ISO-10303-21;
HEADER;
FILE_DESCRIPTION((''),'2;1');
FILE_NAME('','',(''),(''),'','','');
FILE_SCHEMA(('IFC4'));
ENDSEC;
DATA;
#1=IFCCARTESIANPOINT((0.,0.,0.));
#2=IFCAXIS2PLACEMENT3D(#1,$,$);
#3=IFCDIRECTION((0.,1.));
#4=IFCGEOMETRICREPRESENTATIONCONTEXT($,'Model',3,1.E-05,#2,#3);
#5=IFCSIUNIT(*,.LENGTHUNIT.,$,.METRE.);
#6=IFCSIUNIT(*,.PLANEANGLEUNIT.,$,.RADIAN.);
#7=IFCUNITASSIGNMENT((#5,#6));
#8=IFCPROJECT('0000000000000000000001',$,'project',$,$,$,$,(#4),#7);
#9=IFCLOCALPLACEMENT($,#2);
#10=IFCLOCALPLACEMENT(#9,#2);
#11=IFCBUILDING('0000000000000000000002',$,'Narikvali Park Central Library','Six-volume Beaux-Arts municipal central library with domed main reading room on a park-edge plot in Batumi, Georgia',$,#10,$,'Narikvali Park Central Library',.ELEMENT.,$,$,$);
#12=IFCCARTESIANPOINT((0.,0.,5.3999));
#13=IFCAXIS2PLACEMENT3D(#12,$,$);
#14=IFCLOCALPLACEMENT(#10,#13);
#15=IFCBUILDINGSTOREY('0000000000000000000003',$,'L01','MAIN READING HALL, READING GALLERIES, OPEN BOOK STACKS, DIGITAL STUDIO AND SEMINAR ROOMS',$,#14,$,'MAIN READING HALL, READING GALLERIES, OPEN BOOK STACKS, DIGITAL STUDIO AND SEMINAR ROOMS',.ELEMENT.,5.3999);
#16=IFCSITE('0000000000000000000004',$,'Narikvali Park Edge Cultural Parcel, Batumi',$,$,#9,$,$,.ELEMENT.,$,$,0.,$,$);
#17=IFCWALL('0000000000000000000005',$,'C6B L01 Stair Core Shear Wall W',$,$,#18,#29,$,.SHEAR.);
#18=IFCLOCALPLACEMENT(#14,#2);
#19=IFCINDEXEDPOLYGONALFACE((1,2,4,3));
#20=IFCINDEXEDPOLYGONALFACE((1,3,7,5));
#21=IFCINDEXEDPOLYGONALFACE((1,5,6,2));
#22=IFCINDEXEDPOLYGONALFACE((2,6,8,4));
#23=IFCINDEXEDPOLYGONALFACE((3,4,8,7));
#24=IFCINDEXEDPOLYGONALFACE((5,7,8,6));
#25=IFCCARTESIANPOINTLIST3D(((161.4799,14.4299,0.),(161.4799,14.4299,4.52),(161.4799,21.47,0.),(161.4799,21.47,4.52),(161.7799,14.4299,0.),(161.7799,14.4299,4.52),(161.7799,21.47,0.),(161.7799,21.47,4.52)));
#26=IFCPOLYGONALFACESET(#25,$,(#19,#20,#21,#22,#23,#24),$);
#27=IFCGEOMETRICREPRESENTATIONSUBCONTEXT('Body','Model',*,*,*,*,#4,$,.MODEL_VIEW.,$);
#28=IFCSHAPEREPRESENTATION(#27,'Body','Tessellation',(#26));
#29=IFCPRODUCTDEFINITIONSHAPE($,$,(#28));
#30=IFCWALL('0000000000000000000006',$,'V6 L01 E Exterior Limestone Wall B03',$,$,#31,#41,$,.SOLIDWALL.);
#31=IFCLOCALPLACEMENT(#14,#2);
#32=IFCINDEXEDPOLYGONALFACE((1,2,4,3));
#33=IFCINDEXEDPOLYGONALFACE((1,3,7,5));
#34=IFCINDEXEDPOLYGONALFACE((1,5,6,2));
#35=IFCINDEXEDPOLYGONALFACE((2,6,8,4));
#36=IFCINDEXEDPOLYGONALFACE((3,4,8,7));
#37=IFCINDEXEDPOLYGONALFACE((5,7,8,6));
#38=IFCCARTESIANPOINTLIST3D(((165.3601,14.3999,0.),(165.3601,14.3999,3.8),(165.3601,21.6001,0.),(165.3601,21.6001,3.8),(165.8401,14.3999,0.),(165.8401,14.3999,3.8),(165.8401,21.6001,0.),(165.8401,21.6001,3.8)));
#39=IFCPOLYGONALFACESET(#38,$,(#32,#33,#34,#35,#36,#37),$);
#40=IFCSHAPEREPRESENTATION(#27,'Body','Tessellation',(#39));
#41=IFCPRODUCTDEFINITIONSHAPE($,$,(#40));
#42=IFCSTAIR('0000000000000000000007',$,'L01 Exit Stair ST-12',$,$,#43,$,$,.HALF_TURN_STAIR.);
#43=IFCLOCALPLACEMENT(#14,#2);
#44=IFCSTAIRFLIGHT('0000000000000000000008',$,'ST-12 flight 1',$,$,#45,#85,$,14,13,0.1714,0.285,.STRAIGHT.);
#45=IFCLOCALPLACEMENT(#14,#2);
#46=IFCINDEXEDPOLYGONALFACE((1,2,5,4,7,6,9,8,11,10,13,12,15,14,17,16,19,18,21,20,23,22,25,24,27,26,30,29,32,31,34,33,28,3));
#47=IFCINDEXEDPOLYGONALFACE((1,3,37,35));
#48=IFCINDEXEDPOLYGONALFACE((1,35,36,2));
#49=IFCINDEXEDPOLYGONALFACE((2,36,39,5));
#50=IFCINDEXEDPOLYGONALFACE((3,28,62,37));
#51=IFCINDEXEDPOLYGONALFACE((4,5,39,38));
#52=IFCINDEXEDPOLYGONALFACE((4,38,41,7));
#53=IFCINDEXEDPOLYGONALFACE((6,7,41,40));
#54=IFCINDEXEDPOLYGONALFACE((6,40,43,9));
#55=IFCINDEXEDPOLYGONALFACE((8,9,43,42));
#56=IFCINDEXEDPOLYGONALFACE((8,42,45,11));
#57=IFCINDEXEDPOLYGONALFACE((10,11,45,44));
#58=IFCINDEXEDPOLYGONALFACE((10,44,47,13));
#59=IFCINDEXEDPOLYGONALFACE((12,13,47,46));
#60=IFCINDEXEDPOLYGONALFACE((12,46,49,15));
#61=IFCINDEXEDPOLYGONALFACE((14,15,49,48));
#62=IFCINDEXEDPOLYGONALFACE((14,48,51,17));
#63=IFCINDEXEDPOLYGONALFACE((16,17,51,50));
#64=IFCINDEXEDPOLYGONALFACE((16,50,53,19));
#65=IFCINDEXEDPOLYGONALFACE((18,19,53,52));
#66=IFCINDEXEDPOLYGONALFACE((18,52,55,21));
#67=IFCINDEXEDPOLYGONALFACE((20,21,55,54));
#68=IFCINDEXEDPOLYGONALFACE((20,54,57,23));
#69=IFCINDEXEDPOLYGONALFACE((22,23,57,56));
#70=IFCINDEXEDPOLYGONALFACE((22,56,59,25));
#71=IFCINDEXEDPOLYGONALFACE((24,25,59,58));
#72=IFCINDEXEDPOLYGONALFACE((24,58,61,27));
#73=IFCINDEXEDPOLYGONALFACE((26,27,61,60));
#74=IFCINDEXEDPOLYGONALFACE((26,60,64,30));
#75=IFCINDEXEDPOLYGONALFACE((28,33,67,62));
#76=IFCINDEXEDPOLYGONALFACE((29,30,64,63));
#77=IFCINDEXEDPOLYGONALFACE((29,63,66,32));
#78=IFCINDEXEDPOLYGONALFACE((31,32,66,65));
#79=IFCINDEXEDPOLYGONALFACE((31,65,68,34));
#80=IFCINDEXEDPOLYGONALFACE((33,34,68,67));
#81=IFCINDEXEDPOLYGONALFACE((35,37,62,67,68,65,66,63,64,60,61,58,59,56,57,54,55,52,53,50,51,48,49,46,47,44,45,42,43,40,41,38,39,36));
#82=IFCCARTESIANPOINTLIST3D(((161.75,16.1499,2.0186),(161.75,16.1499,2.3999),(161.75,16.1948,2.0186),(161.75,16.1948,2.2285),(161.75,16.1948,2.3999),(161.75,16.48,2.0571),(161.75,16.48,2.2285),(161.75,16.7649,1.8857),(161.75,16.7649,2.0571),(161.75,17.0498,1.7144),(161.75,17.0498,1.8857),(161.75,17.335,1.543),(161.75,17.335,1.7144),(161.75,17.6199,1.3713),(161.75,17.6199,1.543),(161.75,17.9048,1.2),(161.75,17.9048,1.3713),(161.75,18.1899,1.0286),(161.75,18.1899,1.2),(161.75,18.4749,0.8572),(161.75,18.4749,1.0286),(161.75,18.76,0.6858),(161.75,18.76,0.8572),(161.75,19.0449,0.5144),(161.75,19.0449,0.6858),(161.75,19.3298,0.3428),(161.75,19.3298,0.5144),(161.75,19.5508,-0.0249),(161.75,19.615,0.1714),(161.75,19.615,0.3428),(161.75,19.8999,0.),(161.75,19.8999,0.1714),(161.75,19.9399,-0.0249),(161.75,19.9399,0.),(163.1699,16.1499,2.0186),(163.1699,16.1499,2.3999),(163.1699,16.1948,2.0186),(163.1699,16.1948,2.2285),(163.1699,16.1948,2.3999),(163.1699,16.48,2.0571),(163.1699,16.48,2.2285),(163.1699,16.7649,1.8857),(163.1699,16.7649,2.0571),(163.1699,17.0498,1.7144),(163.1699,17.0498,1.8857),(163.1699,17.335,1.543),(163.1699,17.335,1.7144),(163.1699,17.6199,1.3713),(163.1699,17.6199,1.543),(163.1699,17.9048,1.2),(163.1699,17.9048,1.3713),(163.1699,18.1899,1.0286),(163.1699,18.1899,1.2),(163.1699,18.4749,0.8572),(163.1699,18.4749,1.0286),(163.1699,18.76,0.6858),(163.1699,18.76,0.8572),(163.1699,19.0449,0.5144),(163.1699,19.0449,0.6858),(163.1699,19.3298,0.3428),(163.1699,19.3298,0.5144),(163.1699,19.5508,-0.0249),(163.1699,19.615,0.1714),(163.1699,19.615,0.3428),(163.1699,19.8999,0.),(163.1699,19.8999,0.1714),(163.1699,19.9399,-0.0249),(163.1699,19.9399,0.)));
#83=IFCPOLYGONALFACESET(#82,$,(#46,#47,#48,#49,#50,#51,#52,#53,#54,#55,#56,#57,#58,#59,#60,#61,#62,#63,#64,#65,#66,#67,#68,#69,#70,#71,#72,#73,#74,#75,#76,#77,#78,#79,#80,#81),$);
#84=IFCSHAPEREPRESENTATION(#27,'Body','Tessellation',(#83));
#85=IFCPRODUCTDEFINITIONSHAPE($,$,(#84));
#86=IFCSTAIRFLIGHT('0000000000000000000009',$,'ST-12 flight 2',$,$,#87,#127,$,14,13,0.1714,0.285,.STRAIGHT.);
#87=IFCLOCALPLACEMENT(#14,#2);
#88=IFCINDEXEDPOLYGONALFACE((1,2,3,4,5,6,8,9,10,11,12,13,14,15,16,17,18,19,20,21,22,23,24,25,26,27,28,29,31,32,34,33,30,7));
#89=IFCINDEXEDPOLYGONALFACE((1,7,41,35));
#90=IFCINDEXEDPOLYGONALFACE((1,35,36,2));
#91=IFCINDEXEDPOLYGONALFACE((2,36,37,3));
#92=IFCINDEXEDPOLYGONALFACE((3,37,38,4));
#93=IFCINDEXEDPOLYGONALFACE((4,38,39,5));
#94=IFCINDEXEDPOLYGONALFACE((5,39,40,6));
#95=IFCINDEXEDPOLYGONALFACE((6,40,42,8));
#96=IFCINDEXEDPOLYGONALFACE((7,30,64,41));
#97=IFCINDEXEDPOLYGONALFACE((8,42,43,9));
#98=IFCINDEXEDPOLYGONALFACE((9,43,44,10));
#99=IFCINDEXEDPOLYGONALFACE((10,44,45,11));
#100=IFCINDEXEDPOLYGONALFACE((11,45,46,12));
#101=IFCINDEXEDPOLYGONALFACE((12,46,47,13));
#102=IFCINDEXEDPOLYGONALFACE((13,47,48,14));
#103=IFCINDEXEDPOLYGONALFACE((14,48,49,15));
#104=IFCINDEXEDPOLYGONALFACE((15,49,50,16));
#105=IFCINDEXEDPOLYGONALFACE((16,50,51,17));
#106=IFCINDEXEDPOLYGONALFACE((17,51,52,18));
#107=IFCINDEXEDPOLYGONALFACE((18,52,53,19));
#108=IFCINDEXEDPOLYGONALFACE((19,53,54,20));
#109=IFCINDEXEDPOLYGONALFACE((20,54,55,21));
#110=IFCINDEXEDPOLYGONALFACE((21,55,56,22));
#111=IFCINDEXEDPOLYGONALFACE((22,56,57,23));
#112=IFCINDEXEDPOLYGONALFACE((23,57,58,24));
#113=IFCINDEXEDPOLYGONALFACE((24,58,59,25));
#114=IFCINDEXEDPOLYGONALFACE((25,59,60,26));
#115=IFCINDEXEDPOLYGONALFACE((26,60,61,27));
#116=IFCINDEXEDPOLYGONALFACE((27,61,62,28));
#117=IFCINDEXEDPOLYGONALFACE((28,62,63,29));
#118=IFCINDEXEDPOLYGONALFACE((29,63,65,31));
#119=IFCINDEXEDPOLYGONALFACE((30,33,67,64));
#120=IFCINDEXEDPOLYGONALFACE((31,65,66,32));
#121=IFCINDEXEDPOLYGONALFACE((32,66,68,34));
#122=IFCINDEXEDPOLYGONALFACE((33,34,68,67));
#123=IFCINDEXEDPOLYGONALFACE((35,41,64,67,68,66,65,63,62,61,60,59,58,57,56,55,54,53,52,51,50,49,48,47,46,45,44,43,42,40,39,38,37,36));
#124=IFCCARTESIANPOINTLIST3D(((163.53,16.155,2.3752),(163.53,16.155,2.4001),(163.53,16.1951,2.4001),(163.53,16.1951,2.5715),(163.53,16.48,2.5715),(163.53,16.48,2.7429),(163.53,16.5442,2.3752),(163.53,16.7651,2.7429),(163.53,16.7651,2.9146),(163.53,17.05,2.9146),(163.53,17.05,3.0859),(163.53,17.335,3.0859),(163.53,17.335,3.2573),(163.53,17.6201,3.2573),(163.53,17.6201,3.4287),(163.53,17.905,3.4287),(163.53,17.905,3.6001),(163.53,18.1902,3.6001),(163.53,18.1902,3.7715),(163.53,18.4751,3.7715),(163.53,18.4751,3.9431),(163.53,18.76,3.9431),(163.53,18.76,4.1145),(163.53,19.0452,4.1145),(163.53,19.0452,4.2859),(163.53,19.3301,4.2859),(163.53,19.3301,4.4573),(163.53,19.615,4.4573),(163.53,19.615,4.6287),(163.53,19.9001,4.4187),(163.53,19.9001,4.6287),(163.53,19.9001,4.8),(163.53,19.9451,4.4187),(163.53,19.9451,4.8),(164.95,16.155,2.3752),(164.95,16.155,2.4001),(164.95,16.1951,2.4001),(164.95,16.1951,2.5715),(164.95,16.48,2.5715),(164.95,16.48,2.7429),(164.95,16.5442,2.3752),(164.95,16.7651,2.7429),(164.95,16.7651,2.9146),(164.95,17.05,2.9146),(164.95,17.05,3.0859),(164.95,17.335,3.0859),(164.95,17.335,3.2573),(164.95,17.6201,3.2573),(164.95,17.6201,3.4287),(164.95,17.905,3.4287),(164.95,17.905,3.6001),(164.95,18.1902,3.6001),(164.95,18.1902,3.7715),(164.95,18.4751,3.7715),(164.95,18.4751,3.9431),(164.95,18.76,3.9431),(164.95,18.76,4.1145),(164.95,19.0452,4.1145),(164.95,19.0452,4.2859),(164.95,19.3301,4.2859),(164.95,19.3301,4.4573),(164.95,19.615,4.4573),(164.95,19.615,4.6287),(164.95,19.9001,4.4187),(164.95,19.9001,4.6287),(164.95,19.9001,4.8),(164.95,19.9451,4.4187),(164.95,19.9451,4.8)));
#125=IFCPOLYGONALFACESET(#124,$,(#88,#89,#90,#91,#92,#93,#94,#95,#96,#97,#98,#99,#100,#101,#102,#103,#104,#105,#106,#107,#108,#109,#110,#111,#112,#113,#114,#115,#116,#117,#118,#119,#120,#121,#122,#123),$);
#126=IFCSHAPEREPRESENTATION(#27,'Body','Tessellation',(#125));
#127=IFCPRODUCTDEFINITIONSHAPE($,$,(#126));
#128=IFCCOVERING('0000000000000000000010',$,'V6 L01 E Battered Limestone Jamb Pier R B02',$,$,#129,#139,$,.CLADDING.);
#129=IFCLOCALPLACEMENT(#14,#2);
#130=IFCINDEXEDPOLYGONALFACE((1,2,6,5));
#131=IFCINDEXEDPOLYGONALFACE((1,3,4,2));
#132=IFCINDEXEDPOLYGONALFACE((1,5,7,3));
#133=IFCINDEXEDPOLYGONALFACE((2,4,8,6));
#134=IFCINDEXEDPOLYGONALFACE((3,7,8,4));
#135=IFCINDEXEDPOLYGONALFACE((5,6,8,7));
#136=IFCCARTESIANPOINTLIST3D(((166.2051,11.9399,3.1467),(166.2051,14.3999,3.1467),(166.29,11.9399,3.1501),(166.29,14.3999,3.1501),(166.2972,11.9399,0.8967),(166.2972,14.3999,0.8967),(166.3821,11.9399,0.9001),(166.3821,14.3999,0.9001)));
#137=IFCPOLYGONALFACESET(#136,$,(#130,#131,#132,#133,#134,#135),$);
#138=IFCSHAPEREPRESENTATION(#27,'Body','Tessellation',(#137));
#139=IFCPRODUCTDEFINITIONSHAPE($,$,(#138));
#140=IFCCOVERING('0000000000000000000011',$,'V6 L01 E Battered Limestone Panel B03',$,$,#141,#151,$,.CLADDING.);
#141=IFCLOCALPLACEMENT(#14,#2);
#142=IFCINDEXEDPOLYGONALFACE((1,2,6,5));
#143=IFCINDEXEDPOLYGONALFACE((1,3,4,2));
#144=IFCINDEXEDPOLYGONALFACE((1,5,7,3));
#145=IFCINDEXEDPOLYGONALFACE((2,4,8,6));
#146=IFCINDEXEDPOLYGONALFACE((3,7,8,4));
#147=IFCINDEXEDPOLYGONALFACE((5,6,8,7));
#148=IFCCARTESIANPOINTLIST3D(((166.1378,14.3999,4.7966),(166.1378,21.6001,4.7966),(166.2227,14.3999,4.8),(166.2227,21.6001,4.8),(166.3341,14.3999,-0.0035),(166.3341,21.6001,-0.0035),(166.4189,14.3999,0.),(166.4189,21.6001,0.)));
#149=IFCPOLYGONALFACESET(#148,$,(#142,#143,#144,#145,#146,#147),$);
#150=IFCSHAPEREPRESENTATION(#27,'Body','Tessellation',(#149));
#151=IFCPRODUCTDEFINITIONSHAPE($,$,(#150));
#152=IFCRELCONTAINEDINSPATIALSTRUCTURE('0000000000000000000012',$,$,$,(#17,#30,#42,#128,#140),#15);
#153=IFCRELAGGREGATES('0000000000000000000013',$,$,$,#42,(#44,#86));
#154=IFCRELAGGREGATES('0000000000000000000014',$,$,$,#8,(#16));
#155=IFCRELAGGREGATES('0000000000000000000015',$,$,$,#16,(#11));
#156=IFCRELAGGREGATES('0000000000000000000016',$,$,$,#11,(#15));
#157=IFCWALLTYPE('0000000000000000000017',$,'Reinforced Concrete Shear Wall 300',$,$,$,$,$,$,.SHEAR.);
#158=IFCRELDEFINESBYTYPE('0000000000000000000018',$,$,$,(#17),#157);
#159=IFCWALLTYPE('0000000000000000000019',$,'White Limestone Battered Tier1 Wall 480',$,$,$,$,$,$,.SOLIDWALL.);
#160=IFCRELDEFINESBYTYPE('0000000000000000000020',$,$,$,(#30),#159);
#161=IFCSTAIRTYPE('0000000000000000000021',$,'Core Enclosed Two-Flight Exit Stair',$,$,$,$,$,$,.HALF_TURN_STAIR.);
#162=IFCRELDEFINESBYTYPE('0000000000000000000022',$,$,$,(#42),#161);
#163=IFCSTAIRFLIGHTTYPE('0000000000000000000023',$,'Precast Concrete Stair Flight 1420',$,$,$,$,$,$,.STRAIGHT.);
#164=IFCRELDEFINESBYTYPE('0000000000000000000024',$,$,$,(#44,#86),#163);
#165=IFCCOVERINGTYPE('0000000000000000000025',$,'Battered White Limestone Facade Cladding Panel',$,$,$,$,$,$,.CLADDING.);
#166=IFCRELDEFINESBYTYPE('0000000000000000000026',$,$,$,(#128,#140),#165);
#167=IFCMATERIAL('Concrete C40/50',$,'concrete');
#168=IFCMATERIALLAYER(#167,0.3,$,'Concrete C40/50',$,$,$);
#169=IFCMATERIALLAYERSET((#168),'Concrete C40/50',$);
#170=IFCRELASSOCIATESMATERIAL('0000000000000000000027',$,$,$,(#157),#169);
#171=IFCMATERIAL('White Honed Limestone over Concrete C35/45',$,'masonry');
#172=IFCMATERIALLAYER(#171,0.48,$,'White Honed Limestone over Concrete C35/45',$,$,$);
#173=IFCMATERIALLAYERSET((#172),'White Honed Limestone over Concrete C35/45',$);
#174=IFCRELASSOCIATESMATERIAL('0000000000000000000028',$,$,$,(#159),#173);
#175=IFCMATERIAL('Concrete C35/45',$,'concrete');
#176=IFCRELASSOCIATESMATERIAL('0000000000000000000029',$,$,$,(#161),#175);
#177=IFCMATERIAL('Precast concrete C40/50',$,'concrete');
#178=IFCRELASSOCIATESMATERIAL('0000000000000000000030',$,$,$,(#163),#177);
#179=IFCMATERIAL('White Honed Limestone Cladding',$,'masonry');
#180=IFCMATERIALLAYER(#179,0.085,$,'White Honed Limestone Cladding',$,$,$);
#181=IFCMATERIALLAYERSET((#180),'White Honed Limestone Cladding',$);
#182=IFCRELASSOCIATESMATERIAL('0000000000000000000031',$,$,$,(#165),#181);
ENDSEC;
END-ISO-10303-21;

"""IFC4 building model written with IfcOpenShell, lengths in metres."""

from ifc_helpers import new_model, si_unit, direction, frame, frame_2d, origin, place, context, subcontext, project, spatial, polyline, rectangle, outline, extrude, material, layer, layer_set, type_object, element, aggregate, save


model = new_model("IFC4")

# Units and contexts
model_context = context("Model", 3, precision=1e-05, world=origin(), true_north=direction((0.0, 1.0)))
body_context = subcontext(model_context, "Body", "Model", "MODEL_VIEW")
ifc_project = project(units=[si_unit("LENGTHUNIT", "METRE"), si_unit("PLANEANGLEUNIT", "RADIAN")], contexts=[model_context])

# Site, building, storey
site_placement = place(None, origin())
site = spatial("IfcSite", under=ifc_project, at=site_placement, Name="Narikvali Park Edge Cultural Parcel, Batumi", CompositionType="ELEMENT", RefElevation=0.0)
building_placement = place(site_placement, origin())
building = spatial("IfcBuilding", under=site, at=building_placement, Name="Narikvali Park Central Library", Description="Six-volume Beaux-Arts municipal central library with domed main reading room on a park-edge plot in Batumi, Georgia", LongName="Narikvali Park Central Library", CompositionType="ELEMENT")
storey_placement = place(building_placement, frame((0.0, 0.0, 5.3999)))
storey = spatial("IfcBuildingStorey", under=building, at=storey_placement, Name="L01", Description="MAIN READING HALL, READING GALLERIES, OPEN BOOK STACKS, DIGITAL STUDIO AND SEMINAR ROOMS", LongName="MAIN READING HALL, READING GALLERIES, OPEN BOOK STACKS, DIGITAL STUDIO AND SEMINAR ROOMS", CompositionType="ELEMENT", Elevation=5.3999)

# Walls
ifc_material_1 = material(Name="Concrete C40/50", Category="concrete")
ifc_layer_1 = layer(ifc_material_1, 0.3, Name="Concrete C40/50")
ifc_layer_set_1 = layer_set([ifc_layer_1], Name="Concrete C40/50")
wall_type_1 = type_object("IfcWallType", Name="Reinforced Concrete Shear Wall 300", PredefinedType="SHEAR", material=ifc_layer_set_1)
for number, where, z_axis, x_axis, name in (
    (1, (161.6299, 21.47, 0.0), (0.0, 0.0, 1.0), (0.0, -1.0, 0.0), "C6B L01 Stair Core Shear Wall W"),
):
    element("IfcWall", number, at=place(storey_placement, frame(where, z_axis=z_axis, x_axis=x_axis)), inside=storey, type_object=wall_type_1, Name=name, PredefinedType="SHEAR", context=body_context, shape_type="SweptSolid", body=[
        extrude(rectangle(XDim=7.04, YDim=0.3, at=frame_2d((3.52, 0.0))), origin(), (0.0, 0.0, 1.0), 4.52),
    ])
ifc_material_2 = material(Name="White Honed Limestone over Concrete C35/45", Category="masonry")
ifc_layer_2 = layer(ifc_material_2, 0.48, Name="White Honed Limestone over Concrete C35/45")
ifc_layer_set_2 = layer_set([ifc_layer_2], Name="White Honed Limestone over Concrete C35/45")
wall_type_2 = type_object("IfcWallType", Name="White Limestone Battered Tier1 Wall 480", PredefinedType="SOLIDWALL", material=ifc_layer_set_2)
wall_1_placement = place(storey_placement, frame((165.6001, 14.3999, 0.0), z_axis=(0.0, 0.0, 1.0), x_axis=(0.0, 1.0, 0.0)))
element("IfcWall", 2, at=wall_1_placement, inside=storey, type_object=wall_type_2, Name="V6 L01 E Exterior Limestone Wall B03", PredefinedType="SOLIDWALL", context=body_context, shape_type="SweptSolid", body=[
    extrude(rectangle(XDim=7.2002, YDim=0.48, at=frame_2d((3.6001, 0.0))), origin(), (0.0, 0.0, 1.0), 3.8),
])

# Stair, stair flights
ifc_material_3 = material(Name="Concrete C35/45", Category="concrete")
stair_type = type_object("IfcStairType", Name="Core Enclosed Two-Flight Exit Stair", PredefinedType="HALF_TURN_STAIR", material=ifc_material_3)
stair_placement = place(storey_placement, origin())
stair = element("IfcStair", 3, at=stair_placement, inside=storey, type_object=stair_type, Name="L01 Exit Stair ST-12", PredefinedType="HALF_TURN_STAIR")
ifc_material_4 = material(Name="Precast concrete C40/50", Category="concrete")
stair_flight_type = type_object("IfcStairFlightType", Name="Precast Concrete Stair Flight 1420", PredefinedType="STRAIGHT", material=ifc_material_4)
stair_flight_1_placement = place(storey_placement, frame((162.46, 19.8999, 0.0), z_axis=(0.0, 0.0, 1.0), x_axis=(0.0, -1.0, 0.0)))
stair_flight_1 = element("IfcStairFlight", 4, at=stair_flight_1_placement, type_object=stair_flight_type, Name="ST-12 flight 1", NumberOfRisers=14, NumberOfTreads=13, PredefinedType="STRAIGHT", RiserHeight=0.1714, TreadLength=0.285, context=body_context, shape_type="SweptSolid", body=[
    extrude(outline(polyline([(-0.04, -0.0249), (-0.04, 0.0), (0.0, 0.0), (0.0, 0.1714), (0.2849, 0.1714), (0.2849, 0.3428), (0.5701, 0.3428), (0.5701, 0.5144), (0.855, 0.5144), (0.855, 0.6858), (1.1399, 0.6858), (1.1399, 0.8572), (1.425, 0.8572), (1.425, 1.0286), (1.71, 1.0286), (1.71, 1.2), (1.9951, 1.2), (1.9951, 1.3713), (2.28, 1.3713), (2.28, 1.543), (2.5649, 1.543), (2.5649, 1.7144), (2.8501, 1.7144), (2.8501, 1.8857), (3.135, 1.8857), (3.135, 2.0571), (3.4199, 2.0571), (3.4199, 2.2285), (3.7051, 2.2285), (3.7051, 2.3999), (3.75, 2.3999), (3.75, 2.0186), (3.7051, 2.0186), (0.3491, -0.0249), (-0.04, -0.0249)])), frame((0.0, 0.71, 0.0), z_axis=(0.0, -1.0, 0.0), x_axis=(1.0, 0.0, 0.0)), (0.0, 0.0, 1.0), 1.4199),
])
stair_flight_2_placement = place(storey_placement, frame((164.24, 16.1951, 2.4001), z_axis=(0.0, 0.0, 1.0), x_axis=(0.0, 1.0, 0.0)))
stair_flight_2 = element("IfcStairFlight", 5, at=stair_flight_2_placement, type_object=stair_flight_type, Name="ST-12 flight 2", NumberOfRisers=14, NumberOfTreads=13, PredefinedType="STRAIGHT", RiserHeight=0.1714, TreadLength=0.285, context=body_context, shape_type="SweptSolid", body=[
    extrude(outline(polyline([(-0.04, -0.0249), (-0.04, 0.0), (0.0, 0.0), (0.0, 0.1714), (0.2849, 0.1714), (0.2849, 0.3428), (0.5701, 0.3428), (0.5701, 0.5144), (0.855, 0.5144), (0.855, 0.6858), (1.1399, 0.6858), (1.1399, 0.8572), (1.425, 0.8572), (1.425, 1.0286), (1.71, 1.0286), (1.71, 1.2), (1.9951, 1.2), (1.9951, 1.3713), (2.28, 1.3713), (2.28, 1.543), (2.5649, 1.543), (2.5649, 1.7144), (2.8501, 1.7144), (2.8501, 1.8857), (3.135, 1.8857), (3.135, 2.0571), (3.4199, 2.0571), (3.4199, 2.2285), (3.7051, 2.2285), (3.7051, 2.3999), (3.75, 2.3999), (3.75, 2.0186), (3.7051, 2.0186), (0.3491, -0.0249), (-0.04, -0.0249)])), frame((0.0, 0.71, 0.0), z_axis=(0.0, -1.0, 0.0), x_axis=(1.0, 0.0, 0.0)), (0.0, 0.0, 1.0), 1.4199),
])
aggregate(stair, [stair_flight_1, stair_flight_2])

# Coverings
ifc_material_5 = material(Name="White Honed Limestone Cladding", Category="masonry")
ifc_layer_3 = layer(ifc_material_5, 0.085, Name="White Honed Limestone Cladding")
ifc_layer_set_3 = layer_set([ifc_layer_3], Name="White Honed Limestone Cladding")
covering_type = type_object("IfcCoveringType", Name="Battered White Limestone Facade Cladding Panel", PredefinedType="CLADDING", material=ifc_layer_set_3)
covering_1_placement = place(storey_placement, frame((166.3821, 11.9399, 0.9001), z_axis=(0.999164, 0.0, 0.040873), x_axis=(0.0, 1.0, 0.0)))
element("IfcCovering", 6, at=covering_1_placement, inside=storey, type_object=covering_type, Name="V6 L01 E Battered Limestone Jamb Pier R B02", PredefinedType="CLADDING", context=body_context, shape_type="SweptSolid", body=[
    extrude(outline(polyline([(0.0, 0.0), (2.46, 0.0), (2.46, 2.2519), (0.0, 2.2519), (0.0, 0.0)])), origin(), (0.0, 0.0, -1.0), 0.085),
])
covering_2_placement = place(storey_placement, frame((166.4189, 14.3999, 0.0), z_axis=(0.999165, 0.0, 0.040859), x_axis=(0.0, 1.0, 0.0)))
element("IfcCovering", 7, at=covering_2_placement, inside=storey, type_object=covering_type, Name="V6 L01 E Battered Limestone Panel B03", PredefinedType="CLADDING", context=body_context, shape_type="SweptSolid", body=[
    extrude(outline(polyline([(0.0, 0.0), (7.2002, 0.0), (7.2002, 4.8041), (0.0, 4.8041), (0.0, 0.0)])), origin(), (0.0, 0.0, -1.0), 0.085),
])

save(model, "model.ifc")
